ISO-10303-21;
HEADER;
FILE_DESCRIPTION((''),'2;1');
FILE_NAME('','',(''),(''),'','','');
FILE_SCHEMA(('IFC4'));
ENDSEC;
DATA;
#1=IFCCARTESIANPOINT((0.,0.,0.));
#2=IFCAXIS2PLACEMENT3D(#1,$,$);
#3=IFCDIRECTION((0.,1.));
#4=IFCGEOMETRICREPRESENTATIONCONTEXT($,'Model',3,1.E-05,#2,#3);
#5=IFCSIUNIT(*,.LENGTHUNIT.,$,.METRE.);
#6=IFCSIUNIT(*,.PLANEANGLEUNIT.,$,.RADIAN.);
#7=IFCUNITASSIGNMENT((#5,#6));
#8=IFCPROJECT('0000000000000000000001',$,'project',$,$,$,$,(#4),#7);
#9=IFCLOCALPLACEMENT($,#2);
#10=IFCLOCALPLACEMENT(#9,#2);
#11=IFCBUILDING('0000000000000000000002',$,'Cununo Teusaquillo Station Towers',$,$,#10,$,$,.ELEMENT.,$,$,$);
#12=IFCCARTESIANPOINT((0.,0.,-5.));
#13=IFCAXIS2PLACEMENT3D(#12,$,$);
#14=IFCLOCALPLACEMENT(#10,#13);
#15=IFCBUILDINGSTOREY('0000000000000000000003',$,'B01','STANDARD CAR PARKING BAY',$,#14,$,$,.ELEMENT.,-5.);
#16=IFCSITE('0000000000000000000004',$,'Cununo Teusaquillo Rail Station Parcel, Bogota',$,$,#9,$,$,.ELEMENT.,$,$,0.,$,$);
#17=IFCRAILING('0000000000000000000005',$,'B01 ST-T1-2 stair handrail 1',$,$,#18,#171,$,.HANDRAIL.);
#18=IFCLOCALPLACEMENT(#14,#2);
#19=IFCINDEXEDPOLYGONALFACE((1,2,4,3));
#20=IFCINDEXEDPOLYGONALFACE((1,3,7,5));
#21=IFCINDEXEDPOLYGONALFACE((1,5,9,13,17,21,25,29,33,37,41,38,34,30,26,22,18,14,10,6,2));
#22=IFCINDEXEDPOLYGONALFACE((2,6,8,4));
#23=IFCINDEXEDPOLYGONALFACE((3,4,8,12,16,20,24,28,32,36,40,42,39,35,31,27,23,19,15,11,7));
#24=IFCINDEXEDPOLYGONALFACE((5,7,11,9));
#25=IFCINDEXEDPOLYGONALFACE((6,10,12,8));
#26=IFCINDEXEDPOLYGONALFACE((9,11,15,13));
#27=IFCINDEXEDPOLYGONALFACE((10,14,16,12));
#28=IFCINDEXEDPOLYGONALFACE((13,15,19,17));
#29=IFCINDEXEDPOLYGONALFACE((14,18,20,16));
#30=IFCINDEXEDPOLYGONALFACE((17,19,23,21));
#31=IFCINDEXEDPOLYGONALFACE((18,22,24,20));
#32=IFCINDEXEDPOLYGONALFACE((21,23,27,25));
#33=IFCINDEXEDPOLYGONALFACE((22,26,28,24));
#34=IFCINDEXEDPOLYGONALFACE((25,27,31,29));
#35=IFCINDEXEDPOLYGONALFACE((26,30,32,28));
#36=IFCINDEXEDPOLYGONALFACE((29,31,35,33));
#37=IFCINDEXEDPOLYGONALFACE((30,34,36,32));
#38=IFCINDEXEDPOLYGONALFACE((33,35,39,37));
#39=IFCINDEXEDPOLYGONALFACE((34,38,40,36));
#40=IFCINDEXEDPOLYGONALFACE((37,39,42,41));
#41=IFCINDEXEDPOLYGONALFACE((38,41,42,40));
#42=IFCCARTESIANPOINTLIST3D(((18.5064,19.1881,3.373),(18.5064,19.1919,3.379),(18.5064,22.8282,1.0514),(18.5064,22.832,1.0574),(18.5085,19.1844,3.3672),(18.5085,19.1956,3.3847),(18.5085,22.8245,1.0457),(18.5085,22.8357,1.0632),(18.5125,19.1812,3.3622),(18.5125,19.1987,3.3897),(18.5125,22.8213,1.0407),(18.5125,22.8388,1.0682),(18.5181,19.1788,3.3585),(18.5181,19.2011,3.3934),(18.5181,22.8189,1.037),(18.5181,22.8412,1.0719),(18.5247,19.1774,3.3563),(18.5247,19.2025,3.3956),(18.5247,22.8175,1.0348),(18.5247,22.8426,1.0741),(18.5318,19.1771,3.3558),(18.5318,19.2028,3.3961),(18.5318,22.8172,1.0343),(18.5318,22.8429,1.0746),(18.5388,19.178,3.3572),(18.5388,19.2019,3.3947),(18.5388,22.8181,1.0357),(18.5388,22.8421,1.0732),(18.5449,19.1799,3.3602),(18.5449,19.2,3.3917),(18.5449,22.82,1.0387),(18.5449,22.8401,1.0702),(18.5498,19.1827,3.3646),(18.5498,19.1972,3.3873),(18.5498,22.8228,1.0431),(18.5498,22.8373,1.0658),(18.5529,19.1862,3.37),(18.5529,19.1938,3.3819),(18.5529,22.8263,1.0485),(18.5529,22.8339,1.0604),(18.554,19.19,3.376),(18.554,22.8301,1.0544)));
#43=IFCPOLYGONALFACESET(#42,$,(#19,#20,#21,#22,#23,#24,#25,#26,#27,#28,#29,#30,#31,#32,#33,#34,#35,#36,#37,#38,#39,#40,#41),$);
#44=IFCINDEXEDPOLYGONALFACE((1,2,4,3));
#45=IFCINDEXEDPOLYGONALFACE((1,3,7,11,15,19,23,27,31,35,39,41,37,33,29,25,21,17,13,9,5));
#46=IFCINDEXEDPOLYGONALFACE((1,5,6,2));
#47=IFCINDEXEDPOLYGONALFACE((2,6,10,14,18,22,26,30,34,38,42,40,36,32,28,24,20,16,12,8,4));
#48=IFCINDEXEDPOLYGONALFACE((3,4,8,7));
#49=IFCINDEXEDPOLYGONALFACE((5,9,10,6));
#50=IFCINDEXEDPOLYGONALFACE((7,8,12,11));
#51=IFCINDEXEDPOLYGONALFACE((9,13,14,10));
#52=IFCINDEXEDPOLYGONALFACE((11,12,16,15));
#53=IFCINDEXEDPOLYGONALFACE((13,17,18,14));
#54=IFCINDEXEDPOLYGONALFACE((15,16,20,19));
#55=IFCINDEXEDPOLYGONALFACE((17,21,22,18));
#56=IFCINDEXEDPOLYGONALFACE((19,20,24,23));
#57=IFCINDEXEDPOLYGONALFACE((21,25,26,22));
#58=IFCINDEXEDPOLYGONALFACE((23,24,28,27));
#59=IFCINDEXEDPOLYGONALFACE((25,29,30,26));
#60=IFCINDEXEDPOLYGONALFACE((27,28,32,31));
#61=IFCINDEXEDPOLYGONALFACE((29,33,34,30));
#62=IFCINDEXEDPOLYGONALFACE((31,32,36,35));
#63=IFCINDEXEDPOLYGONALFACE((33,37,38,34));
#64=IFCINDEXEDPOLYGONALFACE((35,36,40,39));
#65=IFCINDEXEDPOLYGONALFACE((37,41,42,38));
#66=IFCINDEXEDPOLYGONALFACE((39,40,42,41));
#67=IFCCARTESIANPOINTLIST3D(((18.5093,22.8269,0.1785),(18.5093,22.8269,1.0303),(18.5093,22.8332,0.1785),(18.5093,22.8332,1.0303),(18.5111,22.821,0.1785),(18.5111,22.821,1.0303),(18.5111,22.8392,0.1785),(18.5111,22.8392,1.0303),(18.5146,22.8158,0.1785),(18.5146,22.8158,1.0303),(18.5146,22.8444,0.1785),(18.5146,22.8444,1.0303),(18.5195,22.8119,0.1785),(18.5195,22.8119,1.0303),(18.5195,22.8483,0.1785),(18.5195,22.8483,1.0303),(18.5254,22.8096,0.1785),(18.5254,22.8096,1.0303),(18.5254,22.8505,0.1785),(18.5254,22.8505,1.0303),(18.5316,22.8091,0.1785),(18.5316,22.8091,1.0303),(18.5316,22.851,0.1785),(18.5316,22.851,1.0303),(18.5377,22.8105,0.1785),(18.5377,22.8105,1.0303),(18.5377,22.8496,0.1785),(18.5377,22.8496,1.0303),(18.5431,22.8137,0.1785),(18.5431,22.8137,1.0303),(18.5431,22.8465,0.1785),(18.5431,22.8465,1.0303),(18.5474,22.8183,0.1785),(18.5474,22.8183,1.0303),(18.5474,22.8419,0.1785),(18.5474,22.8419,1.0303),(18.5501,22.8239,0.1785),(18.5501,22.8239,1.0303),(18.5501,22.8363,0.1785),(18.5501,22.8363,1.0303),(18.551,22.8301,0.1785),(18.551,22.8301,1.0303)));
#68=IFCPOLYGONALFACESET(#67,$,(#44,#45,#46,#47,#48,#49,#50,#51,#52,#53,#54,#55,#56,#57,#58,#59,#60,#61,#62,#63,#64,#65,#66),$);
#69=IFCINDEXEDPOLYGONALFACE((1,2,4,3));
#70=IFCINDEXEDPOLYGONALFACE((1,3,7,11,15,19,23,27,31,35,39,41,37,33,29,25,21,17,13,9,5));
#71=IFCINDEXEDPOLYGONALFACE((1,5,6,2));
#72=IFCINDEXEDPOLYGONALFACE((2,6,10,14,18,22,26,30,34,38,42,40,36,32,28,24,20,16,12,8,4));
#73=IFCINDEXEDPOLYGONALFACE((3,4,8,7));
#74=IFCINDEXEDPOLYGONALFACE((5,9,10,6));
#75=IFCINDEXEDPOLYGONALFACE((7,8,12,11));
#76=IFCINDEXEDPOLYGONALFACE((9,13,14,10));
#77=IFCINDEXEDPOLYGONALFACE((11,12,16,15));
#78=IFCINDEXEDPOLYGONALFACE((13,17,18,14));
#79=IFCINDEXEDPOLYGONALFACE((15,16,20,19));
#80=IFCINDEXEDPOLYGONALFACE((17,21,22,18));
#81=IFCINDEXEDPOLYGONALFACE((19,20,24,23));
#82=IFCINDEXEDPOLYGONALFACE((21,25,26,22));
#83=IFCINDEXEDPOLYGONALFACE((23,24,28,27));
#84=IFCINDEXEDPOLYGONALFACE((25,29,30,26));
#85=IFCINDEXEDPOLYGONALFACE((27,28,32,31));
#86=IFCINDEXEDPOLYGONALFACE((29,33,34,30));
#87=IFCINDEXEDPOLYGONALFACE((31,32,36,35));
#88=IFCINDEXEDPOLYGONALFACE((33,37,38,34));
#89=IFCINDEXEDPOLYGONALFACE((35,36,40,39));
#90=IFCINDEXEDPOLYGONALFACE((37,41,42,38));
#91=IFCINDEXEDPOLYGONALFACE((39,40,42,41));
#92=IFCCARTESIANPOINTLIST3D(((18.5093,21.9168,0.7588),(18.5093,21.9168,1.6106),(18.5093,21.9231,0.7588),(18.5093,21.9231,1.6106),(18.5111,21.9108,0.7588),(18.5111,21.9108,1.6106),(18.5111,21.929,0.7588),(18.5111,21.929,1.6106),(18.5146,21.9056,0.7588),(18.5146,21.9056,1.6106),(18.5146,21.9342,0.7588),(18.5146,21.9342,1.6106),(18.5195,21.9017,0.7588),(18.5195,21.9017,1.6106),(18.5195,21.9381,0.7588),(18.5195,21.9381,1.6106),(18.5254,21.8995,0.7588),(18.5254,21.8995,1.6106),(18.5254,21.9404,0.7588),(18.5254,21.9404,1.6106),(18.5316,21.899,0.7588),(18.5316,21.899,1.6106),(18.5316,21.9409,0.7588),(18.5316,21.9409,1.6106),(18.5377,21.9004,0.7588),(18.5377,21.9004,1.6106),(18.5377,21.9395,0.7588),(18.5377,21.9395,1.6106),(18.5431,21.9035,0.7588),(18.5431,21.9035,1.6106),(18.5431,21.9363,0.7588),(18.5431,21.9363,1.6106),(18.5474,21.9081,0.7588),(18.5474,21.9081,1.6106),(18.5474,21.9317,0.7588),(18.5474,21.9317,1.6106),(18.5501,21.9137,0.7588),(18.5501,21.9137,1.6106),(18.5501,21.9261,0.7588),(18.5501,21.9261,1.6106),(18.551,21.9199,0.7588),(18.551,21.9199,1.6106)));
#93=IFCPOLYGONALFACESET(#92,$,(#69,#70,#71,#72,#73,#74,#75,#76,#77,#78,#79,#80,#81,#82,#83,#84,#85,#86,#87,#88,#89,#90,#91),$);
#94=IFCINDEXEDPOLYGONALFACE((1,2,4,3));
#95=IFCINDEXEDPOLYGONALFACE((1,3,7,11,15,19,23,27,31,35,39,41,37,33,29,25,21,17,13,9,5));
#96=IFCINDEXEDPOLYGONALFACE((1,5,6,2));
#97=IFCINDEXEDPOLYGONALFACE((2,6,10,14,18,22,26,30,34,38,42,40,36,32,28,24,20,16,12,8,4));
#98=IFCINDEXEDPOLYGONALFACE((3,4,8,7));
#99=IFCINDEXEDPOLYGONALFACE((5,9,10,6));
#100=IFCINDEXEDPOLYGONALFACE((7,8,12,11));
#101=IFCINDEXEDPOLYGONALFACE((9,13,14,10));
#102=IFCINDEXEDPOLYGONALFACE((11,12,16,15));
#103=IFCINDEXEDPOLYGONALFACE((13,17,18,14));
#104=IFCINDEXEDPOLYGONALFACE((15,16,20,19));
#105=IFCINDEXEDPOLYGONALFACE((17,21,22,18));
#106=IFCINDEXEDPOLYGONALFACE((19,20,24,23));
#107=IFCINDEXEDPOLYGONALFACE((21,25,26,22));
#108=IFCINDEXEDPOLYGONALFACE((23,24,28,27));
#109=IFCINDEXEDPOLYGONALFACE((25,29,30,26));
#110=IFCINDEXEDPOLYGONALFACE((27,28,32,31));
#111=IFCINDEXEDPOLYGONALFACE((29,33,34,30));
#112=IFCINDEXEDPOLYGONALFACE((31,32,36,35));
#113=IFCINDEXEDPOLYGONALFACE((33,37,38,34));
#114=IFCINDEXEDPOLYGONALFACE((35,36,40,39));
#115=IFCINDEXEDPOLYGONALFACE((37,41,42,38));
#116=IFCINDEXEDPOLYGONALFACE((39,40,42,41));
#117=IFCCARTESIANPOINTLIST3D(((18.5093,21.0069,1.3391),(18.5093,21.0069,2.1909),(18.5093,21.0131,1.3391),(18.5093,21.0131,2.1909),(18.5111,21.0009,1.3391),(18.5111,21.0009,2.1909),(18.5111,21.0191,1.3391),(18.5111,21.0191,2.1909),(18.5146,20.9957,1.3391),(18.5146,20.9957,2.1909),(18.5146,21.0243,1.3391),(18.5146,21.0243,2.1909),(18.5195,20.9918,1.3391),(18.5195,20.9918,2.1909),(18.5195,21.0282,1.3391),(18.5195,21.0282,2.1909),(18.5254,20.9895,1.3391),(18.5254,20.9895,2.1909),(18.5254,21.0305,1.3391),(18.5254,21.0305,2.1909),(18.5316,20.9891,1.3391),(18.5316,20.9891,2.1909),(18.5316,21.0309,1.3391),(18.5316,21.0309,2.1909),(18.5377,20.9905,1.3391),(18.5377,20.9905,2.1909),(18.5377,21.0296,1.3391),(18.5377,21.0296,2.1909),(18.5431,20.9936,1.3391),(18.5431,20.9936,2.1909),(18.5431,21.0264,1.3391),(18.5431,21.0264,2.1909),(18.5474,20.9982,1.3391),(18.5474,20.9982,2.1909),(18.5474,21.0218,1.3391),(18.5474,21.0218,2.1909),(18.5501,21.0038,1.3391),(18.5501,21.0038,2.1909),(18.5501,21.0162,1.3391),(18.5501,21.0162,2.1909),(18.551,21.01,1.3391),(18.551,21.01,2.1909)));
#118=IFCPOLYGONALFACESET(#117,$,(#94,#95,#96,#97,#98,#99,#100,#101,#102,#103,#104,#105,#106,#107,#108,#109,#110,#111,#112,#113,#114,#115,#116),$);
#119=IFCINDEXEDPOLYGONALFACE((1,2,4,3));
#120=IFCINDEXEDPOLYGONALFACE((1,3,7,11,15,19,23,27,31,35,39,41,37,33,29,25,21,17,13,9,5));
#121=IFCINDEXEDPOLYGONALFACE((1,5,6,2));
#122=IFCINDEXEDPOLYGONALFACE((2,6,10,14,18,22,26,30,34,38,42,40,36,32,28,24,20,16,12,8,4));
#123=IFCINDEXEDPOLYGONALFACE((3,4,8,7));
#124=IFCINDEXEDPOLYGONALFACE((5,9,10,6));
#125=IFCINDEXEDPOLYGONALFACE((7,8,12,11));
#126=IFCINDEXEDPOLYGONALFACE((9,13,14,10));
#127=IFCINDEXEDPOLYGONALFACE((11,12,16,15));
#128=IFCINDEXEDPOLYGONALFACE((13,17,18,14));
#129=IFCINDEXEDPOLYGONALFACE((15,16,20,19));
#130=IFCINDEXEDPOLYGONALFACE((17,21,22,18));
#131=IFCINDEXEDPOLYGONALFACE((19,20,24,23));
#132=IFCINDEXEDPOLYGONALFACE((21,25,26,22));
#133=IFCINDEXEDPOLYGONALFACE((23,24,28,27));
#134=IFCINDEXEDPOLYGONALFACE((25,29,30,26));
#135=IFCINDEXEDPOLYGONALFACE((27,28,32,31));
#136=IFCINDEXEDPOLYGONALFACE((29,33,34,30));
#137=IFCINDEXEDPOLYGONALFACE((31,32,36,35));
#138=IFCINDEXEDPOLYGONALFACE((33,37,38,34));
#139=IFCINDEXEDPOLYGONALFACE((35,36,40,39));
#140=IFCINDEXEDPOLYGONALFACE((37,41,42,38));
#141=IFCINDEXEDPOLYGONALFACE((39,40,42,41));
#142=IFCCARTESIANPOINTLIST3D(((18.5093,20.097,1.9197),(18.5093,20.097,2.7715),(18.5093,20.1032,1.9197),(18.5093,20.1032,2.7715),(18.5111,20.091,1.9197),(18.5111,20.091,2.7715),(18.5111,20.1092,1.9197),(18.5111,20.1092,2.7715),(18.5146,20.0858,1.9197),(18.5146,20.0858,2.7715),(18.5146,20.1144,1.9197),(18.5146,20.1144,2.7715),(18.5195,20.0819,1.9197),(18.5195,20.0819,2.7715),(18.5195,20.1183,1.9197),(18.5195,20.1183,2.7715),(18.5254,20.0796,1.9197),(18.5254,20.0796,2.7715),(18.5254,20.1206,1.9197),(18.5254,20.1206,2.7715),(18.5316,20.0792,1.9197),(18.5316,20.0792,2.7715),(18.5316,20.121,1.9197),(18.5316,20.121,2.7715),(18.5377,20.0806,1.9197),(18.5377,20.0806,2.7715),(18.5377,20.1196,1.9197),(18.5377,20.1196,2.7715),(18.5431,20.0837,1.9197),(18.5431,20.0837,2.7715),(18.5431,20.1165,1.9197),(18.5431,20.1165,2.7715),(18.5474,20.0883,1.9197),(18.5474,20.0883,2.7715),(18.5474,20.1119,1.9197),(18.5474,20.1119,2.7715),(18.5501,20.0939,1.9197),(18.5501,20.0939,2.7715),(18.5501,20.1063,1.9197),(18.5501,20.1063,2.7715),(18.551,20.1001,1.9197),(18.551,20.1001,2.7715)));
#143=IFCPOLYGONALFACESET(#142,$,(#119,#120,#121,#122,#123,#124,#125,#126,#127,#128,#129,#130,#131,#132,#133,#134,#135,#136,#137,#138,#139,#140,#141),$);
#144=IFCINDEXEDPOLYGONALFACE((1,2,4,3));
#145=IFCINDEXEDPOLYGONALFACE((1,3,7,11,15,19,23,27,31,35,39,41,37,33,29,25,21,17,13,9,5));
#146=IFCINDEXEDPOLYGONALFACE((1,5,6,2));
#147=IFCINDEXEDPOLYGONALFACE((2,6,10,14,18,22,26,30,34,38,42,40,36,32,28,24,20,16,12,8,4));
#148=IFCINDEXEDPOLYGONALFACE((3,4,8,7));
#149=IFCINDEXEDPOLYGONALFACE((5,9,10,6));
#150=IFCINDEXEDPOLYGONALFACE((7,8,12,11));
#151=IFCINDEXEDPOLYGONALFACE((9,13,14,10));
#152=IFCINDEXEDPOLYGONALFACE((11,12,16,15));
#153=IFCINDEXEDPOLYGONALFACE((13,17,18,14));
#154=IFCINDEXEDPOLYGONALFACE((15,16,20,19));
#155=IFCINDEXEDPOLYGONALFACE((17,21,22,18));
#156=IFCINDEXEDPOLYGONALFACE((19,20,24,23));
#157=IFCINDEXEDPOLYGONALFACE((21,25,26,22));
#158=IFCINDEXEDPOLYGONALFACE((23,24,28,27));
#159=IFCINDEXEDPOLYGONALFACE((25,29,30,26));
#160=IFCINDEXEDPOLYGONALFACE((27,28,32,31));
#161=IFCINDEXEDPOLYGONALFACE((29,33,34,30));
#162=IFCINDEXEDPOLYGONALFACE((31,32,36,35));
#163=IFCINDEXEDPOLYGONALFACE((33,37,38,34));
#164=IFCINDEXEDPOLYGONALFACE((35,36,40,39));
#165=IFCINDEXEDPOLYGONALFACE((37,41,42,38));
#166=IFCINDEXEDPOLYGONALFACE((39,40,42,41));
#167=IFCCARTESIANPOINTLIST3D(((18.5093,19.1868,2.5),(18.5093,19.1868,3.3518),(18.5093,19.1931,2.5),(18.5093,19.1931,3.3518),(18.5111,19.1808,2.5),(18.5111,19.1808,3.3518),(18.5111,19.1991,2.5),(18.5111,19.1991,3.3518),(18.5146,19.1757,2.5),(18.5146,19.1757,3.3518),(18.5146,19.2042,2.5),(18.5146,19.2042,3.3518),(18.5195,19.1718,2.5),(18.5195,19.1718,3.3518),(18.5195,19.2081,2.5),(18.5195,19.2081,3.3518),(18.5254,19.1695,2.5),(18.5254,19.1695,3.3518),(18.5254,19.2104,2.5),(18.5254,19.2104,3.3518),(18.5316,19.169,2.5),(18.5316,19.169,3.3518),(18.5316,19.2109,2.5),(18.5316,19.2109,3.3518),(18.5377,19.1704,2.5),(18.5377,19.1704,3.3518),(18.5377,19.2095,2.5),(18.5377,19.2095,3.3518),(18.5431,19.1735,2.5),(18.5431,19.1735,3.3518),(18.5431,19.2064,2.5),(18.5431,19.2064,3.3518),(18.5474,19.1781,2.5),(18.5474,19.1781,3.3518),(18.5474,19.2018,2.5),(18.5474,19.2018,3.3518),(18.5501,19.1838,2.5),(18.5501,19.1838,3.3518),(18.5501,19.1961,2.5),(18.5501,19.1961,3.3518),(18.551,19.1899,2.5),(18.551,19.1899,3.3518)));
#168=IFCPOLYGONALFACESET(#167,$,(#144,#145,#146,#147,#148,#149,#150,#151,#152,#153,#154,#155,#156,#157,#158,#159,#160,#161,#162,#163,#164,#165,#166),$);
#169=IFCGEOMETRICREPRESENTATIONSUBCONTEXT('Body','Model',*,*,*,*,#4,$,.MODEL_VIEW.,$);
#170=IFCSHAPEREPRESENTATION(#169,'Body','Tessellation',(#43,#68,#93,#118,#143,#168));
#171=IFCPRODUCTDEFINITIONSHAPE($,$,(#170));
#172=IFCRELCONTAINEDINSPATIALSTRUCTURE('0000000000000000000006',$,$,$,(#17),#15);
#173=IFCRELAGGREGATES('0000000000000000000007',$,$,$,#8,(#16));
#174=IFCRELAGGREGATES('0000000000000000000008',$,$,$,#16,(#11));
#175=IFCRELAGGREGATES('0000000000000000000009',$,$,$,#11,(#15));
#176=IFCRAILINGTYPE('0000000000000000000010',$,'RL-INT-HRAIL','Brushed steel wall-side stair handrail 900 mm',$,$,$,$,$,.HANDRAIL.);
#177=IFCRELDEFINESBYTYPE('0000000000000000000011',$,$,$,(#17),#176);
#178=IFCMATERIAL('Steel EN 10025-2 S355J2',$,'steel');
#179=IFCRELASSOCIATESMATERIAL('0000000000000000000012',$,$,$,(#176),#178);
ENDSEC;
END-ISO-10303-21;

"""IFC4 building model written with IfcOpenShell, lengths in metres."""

from ifc_helpers import new_model, si_unit, direction, frame, origin, origin_2d, place, context, subcontext, project, spatial, circle, extrude, material, type_object, element, save


model = new_model("IFC4")

# Units and contexts
model_context = context("Model", 3, precision=1e-05, world=origin(), true_north=direction((0.0, 1.0)))
body_context = subcontext(model_context, "Body", "Model", "MODEL_VIEW")
ifc_project = project(units=[si_unit("LENGTHUNIT", "METRE"), si_unit("PLANEANGLEUNIT", "RADIAN")], contexts=[model_context])

# Site, building, storey
site_placement = place(None, origin())
site = spatial("IfcSite", under=ifc_project, at=site_placement, Name="Cununo Teusaquillo Rail Station Parcel, Bogota", CompositionType="ELEMENT", RefElevation=0.0)
building_placement = place(site_placement, origin())
building = spatial("IfcBuilding", under=site, at=building_placement, Name="Cununo Teusaquillo Station Towers", CompositionType="ELEMENT")
storey_placement = place(building_placement, frame((0.0, 0.0, -5.0)))
storey = spatial("IfcBuildingStorey", under=building, at=storey_placement, Name="B01", Description="STANDARD CAR PARKING BAY", CompositionType="ELEMENT", Elevation=-5.0)

# Railing
ifc_material_1 = material(Name="Steel EN 10025-2 S355J2", Category="steel")
railing_type_1 = type_object("IfcRailingType", Name="RL-INT-HRAIL", Description="Brushed steel wall-side stair handrail 900 mm", PredefinedType="HANDRAIL", material=ifc_material_1)
for number, where, name in (
    (1, (18.53, 22.8301, 0.1785), "B01 ST-T1-2 stair handrail 1"),
):
    element("IfcRailing", number, at=place(storey_placement, frame(where)), inside=storey, type_object=railing_type_1, Name=name, PredefinedType="HANDRAIL", context=body_context, shape_type="SweptSolid", body=[
        extrude(circle(Radius=0.0239, at=origin_2d()), frame((0.0, 0.0, 0.876), z_axis=(0.0, -0.843128, 0.537713), x_axis=(1.0, 0.0, 0.0)), (0.0, 0.0, 1.0), 4.3174),
        extrude(circle(Radius=0.021, at=origin_2d()), origin(), (0.0, 0.0, 1.0), 0.8518),
        extrude(circle(Radius=0.021, at=origin_2d()), frame((0.0, -0.9102, 0.5803)), (0.0, 0.0, 1.0), 0.8518),
        extrude(circle(Radius=0.021, at=origin_2d()), frame((0.0, -1.8201, 1.1606)), (0.0, 0.0, 1.0), 0.8518),
        extrude(circle(Radius=0.021, at=origin_2d()), frame((0.0, -2.73, 1.7412)), (0.0, 0.0, 1.0), 0.8518),
        extrude(circle(Radius=0.021, at=origin_2d()), frame((0.0, -3.6401, 2.3215)), (0.0, 0.0, 1.0), 0.8518),
    ])

save(model, "model.ifc")
